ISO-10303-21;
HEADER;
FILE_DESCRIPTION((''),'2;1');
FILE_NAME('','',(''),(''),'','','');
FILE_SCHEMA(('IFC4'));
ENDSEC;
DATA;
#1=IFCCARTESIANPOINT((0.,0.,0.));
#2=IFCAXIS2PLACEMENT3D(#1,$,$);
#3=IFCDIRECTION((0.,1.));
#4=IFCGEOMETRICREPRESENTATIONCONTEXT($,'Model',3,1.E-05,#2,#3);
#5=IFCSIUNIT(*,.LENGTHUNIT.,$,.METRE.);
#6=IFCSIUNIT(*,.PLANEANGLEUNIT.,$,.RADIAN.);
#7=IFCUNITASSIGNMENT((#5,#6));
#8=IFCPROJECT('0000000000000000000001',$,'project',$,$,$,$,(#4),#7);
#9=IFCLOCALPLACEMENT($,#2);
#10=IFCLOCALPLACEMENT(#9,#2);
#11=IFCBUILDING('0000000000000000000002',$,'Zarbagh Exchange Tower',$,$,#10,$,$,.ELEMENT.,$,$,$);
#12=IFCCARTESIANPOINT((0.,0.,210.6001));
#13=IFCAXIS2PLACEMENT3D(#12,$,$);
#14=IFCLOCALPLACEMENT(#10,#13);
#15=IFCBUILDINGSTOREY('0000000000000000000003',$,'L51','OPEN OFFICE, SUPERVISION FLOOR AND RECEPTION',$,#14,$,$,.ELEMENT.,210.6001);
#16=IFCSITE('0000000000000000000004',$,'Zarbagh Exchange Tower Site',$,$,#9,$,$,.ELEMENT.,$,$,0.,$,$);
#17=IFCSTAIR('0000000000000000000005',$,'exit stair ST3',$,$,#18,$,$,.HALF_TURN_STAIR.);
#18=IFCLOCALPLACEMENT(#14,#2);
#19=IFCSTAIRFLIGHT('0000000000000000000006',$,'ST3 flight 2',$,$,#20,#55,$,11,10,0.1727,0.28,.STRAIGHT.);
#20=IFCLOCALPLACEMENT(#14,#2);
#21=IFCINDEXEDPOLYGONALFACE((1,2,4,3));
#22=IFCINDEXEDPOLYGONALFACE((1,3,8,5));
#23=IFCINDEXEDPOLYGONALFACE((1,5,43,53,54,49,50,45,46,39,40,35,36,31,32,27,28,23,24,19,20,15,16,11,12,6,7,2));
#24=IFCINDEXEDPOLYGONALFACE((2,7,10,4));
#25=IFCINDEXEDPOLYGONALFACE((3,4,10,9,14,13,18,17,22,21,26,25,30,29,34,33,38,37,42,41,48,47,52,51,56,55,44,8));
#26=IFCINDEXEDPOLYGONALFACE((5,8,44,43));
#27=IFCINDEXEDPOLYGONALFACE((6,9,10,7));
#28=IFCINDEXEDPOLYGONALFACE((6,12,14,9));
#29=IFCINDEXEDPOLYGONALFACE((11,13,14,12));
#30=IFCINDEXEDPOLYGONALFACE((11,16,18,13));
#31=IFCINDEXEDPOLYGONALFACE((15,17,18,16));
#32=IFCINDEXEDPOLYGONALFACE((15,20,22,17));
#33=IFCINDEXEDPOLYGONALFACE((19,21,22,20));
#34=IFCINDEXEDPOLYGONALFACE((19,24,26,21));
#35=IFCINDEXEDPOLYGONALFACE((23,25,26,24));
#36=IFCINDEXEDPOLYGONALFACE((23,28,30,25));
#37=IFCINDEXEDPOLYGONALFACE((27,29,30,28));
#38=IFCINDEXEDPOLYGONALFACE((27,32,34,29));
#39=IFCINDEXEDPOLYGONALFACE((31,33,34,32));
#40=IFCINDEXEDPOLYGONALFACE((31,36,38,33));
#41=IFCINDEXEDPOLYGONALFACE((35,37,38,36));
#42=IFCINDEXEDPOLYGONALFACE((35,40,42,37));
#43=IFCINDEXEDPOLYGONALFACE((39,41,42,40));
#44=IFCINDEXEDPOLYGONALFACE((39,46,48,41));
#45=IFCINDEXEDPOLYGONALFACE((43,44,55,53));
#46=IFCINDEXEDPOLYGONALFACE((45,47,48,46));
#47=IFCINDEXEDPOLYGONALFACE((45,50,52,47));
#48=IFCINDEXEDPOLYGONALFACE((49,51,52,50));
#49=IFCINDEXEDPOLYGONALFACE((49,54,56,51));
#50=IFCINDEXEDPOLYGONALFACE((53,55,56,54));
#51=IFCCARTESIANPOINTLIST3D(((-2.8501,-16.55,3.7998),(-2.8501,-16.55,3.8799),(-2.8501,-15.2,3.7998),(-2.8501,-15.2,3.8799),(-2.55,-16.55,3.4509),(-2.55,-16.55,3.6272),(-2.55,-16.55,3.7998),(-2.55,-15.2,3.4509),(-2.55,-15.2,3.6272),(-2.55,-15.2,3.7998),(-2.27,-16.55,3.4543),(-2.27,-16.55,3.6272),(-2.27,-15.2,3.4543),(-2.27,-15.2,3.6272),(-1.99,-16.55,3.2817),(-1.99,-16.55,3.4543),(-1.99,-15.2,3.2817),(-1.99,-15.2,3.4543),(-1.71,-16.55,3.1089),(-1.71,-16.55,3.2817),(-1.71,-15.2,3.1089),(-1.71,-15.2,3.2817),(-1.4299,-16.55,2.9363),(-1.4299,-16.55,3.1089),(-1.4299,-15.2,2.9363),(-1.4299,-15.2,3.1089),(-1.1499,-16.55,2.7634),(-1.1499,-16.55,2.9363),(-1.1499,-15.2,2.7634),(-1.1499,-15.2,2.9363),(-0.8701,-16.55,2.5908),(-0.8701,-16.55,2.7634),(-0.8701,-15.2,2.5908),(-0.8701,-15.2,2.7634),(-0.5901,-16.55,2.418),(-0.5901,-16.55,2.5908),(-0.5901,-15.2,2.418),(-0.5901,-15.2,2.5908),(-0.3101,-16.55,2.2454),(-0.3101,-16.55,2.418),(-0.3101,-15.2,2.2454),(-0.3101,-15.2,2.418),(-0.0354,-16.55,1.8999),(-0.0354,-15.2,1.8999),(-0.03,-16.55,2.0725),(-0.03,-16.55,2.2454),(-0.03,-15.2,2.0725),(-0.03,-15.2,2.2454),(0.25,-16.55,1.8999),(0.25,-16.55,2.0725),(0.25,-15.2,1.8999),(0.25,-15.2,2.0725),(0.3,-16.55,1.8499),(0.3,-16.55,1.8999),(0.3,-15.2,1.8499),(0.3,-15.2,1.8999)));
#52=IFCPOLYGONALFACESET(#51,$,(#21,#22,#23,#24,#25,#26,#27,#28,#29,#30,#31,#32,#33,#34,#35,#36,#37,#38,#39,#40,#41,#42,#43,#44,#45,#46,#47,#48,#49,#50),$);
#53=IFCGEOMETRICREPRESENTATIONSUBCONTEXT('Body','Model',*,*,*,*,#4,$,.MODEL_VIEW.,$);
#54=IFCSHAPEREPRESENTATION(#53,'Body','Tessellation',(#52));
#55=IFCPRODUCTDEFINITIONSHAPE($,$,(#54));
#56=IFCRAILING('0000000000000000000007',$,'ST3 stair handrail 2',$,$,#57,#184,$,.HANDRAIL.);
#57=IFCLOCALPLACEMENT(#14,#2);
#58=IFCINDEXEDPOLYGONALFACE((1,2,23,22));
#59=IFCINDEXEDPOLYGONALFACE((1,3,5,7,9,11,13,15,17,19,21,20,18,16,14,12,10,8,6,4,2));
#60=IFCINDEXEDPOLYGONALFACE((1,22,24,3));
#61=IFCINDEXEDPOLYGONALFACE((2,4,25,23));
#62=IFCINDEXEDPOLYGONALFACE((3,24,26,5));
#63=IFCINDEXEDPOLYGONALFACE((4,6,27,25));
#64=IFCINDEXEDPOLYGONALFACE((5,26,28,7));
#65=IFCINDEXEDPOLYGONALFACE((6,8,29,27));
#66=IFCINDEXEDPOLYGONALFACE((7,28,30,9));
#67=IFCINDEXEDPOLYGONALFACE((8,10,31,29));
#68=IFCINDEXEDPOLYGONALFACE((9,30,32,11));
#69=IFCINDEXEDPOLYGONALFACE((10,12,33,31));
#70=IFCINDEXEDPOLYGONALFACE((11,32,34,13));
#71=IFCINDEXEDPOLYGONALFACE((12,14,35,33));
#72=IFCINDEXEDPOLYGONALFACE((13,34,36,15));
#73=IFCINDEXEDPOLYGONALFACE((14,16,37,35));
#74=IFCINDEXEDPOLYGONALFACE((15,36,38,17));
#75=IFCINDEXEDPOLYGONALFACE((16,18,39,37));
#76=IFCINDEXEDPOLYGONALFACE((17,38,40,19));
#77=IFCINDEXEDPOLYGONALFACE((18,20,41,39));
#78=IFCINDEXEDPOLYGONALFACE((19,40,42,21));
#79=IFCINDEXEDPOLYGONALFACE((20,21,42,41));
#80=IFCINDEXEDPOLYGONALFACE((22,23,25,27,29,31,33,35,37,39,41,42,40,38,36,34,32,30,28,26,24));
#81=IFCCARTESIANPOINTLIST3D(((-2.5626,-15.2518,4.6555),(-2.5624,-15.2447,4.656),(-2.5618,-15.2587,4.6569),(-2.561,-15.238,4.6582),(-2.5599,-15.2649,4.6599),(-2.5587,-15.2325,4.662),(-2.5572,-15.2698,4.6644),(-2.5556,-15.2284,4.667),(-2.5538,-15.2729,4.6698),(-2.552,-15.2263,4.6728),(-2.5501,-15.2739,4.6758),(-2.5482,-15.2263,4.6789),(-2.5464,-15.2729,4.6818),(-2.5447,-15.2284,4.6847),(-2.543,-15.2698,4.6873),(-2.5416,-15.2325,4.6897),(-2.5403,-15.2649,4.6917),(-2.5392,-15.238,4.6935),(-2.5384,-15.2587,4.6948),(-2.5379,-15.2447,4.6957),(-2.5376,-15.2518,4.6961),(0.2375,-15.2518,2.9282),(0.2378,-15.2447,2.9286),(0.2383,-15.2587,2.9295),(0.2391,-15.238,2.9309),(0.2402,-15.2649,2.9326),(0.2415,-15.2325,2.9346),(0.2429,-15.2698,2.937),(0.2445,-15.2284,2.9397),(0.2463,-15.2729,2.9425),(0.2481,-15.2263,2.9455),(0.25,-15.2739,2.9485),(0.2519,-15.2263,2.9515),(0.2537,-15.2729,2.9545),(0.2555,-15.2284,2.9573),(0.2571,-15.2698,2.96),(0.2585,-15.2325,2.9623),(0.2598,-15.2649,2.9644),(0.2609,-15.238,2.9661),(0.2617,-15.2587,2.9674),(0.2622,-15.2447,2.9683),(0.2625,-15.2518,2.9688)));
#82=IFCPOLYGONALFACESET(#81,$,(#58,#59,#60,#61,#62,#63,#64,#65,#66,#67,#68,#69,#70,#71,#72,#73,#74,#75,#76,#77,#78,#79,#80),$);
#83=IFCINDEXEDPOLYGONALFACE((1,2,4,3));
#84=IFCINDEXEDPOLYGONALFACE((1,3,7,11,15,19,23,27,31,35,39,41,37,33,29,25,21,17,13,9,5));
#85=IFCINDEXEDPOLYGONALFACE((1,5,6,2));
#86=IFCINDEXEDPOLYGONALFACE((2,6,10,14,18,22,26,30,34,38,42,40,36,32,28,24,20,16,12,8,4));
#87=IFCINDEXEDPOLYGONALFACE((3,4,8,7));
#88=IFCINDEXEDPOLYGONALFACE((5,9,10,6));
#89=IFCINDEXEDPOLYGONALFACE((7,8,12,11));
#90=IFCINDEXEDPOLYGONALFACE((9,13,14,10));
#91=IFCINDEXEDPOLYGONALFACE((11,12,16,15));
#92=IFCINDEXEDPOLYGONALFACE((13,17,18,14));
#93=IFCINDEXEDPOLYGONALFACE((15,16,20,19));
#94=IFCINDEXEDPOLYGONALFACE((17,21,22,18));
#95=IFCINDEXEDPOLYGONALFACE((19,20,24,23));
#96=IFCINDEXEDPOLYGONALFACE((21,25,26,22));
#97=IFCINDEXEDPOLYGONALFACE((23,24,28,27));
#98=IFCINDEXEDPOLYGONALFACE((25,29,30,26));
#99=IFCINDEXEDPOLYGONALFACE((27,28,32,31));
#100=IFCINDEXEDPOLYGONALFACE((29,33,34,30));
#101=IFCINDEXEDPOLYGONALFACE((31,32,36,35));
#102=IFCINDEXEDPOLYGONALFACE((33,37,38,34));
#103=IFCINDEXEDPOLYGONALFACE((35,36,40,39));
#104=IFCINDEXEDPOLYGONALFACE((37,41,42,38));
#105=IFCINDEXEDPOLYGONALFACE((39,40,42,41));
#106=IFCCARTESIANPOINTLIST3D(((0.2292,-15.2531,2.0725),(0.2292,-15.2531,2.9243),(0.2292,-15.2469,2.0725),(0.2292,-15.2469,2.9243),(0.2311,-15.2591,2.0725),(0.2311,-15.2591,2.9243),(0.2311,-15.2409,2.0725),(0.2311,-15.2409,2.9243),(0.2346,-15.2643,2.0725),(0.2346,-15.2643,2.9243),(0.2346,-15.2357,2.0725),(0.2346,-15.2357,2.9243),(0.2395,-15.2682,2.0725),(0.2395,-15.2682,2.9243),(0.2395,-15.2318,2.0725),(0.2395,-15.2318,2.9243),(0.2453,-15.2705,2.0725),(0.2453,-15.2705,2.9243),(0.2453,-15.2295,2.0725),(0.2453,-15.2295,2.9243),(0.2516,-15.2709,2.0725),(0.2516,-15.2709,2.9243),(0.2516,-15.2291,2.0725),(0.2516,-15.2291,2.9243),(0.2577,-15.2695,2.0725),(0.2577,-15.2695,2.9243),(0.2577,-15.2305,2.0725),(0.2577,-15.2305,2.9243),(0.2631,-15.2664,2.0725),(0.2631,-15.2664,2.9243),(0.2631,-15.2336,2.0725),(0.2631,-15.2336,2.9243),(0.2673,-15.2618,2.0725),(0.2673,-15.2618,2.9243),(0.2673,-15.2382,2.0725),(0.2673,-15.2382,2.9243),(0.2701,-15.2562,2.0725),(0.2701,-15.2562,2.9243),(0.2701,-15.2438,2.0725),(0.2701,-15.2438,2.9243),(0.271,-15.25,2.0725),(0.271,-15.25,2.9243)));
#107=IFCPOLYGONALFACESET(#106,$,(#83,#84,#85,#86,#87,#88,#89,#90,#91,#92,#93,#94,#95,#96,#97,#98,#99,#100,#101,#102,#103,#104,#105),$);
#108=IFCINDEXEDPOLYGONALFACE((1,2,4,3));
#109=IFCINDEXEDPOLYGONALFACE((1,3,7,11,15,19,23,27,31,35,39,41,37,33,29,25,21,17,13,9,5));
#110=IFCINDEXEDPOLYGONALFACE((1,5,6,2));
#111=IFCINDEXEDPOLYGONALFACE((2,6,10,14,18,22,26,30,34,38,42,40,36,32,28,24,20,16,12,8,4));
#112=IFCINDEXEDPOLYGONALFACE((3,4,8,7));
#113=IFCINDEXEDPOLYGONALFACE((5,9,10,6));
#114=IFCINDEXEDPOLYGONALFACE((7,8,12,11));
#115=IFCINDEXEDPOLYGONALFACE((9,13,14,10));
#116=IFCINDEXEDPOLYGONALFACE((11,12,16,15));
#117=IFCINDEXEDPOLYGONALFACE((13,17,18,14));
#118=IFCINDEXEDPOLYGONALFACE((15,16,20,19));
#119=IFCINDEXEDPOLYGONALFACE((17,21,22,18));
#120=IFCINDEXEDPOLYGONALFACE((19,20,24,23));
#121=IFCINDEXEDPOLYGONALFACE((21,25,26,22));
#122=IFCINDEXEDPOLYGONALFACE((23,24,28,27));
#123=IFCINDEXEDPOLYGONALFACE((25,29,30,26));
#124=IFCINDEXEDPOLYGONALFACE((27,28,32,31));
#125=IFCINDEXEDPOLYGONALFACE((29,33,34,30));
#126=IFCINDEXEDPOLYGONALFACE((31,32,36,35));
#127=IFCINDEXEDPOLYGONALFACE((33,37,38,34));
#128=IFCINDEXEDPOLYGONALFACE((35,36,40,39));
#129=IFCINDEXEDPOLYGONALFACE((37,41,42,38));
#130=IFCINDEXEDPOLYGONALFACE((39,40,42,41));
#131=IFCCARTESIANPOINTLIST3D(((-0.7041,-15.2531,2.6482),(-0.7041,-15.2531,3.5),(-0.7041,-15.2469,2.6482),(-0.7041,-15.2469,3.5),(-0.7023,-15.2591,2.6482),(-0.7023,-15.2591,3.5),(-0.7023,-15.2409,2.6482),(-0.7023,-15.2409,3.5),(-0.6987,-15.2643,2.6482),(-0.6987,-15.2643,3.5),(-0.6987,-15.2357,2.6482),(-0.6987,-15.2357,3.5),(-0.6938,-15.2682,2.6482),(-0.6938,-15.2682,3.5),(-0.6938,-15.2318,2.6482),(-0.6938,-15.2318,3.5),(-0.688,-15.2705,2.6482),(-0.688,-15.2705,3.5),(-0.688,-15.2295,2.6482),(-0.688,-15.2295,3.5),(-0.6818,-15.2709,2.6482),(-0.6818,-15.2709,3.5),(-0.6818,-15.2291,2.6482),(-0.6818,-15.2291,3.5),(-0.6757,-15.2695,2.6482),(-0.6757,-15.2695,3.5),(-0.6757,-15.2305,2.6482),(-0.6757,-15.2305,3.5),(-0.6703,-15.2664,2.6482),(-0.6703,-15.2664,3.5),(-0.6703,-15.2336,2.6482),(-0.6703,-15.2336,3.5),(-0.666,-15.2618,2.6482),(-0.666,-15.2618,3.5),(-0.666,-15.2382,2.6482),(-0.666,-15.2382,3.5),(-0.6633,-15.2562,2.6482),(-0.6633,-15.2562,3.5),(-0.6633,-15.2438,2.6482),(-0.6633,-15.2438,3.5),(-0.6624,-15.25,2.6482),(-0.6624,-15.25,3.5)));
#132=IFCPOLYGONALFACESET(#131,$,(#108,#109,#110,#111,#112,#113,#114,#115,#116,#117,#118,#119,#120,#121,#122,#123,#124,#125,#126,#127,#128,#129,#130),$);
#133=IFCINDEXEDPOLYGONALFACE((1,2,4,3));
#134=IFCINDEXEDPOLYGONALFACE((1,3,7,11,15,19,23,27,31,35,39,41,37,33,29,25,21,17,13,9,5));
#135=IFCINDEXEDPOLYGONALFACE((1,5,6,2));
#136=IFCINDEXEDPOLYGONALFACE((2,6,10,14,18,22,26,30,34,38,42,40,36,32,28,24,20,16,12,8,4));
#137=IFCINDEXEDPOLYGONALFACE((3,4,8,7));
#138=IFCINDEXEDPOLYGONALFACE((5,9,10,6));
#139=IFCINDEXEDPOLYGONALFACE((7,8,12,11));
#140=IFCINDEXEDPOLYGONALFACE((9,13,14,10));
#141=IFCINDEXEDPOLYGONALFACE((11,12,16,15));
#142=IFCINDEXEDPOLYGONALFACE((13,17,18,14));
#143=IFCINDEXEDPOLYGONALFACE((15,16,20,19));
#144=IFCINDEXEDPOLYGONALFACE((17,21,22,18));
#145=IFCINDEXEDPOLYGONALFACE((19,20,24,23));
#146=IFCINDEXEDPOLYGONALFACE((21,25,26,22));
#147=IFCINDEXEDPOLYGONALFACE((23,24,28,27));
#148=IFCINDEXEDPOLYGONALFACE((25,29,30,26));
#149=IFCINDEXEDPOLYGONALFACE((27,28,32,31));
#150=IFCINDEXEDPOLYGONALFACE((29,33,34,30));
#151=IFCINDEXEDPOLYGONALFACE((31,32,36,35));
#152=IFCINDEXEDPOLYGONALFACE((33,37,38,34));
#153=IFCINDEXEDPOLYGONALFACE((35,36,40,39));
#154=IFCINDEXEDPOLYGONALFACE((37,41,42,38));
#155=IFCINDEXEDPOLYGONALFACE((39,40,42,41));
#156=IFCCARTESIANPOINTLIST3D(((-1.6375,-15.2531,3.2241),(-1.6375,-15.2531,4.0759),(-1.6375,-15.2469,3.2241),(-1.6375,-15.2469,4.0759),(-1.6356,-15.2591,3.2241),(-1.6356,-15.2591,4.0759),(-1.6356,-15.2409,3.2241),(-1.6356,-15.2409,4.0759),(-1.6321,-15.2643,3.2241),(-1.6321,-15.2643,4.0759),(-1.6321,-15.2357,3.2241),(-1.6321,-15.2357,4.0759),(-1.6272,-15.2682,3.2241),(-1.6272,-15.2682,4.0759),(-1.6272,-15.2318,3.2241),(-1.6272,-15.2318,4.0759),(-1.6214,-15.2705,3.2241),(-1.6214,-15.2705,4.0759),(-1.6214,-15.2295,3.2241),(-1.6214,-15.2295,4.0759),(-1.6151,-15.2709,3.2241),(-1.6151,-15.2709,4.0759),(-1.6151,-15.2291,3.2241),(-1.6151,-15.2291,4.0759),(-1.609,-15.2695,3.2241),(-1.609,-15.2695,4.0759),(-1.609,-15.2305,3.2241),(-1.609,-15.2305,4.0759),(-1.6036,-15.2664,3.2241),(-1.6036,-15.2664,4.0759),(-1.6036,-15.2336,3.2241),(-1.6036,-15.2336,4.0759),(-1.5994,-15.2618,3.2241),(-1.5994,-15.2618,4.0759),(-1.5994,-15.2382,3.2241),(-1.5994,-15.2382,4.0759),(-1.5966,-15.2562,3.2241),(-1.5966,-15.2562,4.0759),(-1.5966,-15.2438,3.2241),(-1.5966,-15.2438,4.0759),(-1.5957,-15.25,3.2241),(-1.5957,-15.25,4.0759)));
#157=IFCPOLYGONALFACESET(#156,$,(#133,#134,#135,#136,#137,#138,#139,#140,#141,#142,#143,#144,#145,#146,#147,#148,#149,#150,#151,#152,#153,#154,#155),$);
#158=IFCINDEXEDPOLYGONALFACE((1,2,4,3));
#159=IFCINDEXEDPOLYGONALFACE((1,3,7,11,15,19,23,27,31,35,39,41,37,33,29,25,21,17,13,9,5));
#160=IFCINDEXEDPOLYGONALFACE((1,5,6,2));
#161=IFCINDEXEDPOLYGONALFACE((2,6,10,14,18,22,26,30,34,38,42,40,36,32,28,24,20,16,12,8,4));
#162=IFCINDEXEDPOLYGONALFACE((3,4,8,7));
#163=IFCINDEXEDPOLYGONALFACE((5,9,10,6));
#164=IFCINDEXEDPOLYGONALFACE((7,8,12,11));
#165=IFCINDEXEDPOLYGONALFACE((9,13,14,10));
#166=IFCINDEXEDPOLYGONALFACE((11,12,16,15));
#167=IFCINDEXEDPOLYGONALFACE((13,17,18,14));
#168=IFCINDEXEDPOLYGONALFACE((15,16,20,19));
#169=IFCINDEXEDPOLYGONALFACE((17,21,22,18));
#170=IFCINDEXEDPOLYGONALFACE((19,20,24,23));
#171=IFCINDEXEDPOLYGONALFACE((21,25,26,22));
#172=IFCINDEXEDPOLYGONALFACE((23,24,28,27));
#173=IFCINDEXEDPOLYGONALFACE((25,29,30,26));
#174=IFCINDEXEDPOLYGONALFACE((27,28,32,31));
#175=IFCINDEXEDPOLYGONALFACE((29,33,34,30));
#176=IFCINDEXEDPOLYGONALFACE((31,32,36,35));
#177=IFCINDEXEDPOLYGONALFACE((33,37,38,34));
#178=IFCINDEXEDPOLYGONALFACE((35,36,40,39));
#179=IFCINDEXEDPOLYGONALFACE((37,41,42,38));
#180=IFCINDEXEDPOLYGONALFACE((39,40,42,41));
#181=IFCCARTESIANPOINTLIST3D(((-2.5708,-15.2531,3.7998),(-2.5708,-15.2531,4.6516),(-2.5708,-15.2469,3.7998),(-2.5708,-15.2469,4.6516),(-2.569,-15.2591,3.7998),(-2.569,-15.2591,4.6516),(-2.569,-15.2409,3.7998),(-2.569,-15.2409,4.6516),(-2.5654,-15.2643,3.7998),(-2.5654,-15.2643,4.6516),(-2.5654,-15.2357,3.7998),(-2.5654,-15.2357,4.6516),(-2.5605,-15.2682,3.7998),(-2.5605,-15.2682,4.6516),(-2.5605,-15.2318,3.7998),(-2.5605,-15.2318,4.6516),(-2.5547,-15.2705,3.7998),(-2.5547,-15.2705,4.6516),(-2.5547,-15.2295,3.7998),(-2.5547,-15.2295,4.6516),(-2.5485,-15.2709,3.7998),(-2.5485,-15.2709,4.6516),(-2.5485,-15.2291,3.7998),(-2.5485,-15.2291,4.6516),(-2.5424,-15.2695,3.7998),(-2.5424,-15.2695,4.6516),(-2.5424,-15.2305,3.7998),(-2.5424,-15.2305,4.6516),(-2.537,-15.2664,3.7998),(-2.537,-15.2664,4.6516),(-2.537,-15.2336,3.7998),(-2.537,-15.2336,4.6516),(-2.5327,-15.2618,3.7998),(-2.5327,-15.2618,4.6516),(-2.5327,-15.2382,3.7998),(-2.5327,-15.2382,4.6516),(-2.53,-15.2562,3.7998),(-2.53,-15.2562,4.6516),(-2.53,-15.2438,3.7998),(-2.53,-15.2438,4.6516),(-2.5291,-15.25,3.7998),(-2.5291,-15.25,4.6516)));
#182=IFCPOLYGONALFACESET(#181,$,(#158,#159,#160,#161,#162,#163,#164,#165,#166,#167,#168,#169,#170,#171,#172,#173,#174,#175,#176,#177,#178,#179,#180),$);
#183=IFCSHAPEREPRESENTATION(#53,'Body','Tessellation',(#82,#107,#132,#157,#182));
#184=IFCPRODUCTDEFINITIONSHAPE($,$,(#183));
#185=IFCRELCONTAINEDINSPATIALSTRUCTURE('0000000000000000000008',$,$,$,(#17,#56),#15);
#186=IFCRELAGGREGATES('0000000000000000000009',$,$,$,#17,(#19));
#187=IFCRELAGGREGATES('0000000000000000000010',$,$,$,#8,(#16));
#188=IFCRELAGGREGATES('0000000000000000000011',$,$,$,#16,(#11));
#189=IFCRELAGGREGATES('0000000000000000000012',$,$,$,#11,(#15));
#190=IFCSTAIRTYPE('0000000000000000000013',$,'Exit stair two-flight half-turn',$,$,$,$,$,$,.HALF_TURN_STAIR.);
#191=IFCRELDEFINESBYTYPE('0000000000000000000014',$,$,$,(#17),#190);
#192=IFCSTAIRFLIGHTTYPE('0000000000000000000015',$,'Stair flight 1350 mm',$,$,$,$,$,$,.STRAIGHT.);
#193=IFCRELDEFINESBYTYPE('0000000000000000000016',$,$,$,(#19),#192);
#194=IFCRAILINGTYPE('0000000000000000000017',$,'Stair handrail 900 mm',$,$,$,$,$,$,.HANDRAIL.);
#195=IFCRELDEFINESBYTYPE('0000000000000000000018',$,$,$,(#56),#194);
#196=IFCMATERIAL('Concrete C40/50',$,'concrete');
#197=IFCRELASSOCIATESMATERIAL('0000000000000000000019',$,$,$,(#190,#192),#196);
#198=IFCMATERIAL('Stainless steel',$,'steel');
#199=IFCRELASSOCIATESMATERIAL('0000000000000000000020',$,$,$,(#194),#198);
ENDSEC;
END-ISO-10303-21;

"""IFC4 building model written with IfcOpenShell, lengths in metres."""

from ifc_helpers import new_model, si_unit, direction, frame, origin, origin_2d, place, context, subcontext, project, spatial, polyline, circle, outline, extrude, material, type_object, element, aggregate, save


model = new_model("IFC4")

# Units and contexts
model_context = context("Model", 3, precision=1e-05, world=origin(), true_north=direction((0.0, 1.0)))
body_context = subcontext(model_context, "Body", "Model", "MODEL_VIEW")
ifc_project = project(units=[si_unit("LENGTHUNIT", "METRE"), si_unit("PLANEANGLEUNIT", "RADIAN")], contexts=[model_context])

# Site, building, storey
site_placement = place(None, origin())
site = spatial("IfcSite", under=ifc_project, at=site_placement, Name="Zarbagh Exchange Tower Site", CompositionType="ELEMENT", RefElevation=0.0)
building_placement = place(site_placement, origin())
building = spatial("IfcBuilding", under=site, at=building_placement, Name="Zarbagh Exchange Tower", CompositionType="ELEMENT")
storey_placement = place(building_placement, frame((0.0, 0.0, 210.6001)))
storey = spatial("IfcBuildingStorey", under=building, at=storey_placement, Name="L51", Description="OPEN OFFICE, SUPERVISION FLOOR AND RECEPTION", CompositionType="ELEMENT", Elevation=210.6001)

# Shared definitions
ifc_material_1 = material(Name="Stainless steel", Category="steel")

# Stair, stair flight
ifc_material_2 = material(Name="Concrete C40/50", Category="concrete")
stair_type = type_object("IfcStairType", Name="Exit stair two-flight half-turn", PredefinedType="HALF_TURN_STAIR", material=ifc_material_2)
stair_placement = place(storey_placement, origin())
stair = element("IfcStair", 1, at=stair_placement, inside=storey, type_object=stair_type, Name="exit stair ST3", PredefinedType="HALF_TURN_STAIR")
stair_flight_type = type_object("IfcStairFlightType", Name="Stair flight 1350 mm", PredefinedType="STRAIGHT", material=ifc_material_2)
stair_flight_placement = place(storey_placement, frame((0.25, -15.875, 1.8999), z_axis=(0.0, 0.0, 1.0), x_axis=(-1.0, 0.0, 0.0)))
stair_flight = element("IfcStairFlight", 2, at=stair_flight_placement, type_object=stair_flight_type, Name="ST3 flight 2", NumberOfRisers=11, NumberOfTreads=10, PredefinedType="STRAIGHT", RiserHeight=0.1727, TreadLength=0.28, context=body_context, shape_type="SweptSolid", body=[
    extrude(outline(polyline([(-0.05, -0.05), (-0.05, 0.0), (0.0, 0.0), (0.0, 0.1726), (0.28, 0.1726), (0.28, 0.3455), (0.5601, 0.3455), (0.5601, 0.5181), (0.8401, 0.5181), (0.8401, 0.6909), (1.1201, 0.6909), (1.1201, 0.8635), (1.3999, 0.8635), (1.3999, 1.0364), (1.6799, 1.0364), (1.6799, 1.209), (1.96, 1.209), (1.96, 1.3818), (2.24, 1.3818), (2.24, 1.5544), (2.52, 1.5544), (2.52, 1.7273), (2.8, 1.7273), (2.8, 1.8999), (3.1001, 1.98), (3.1001, 1.8999), (2.8, 1.551), (0.2854, 0.0), (-0.05, -0.05)])), frame((0.0, 0.675, 0.0), z_axis=(0.0, -1.0, 0.0), x_axis=(1.0, 0.0, 0.0)), (0.0, 0.0, 1.0), 1.3501),
])
aggregate(stair, [stair_flight])

# Railing
railing_type = type_object("IfcRailingType", Name="Stair handrail 900 mm", PredefinedType="HANDRAIL", material=ifc_material_1)
railing_placement = place(storey_placement, frame((0.25, -15.25, 2.0725)))
element("IfcRailing", 3, at=railing_placement, inside=storey, type_object=railing_type, Name="ST3 stair handrail 2", PredefinedType="HANDRAIL", context=body_context, shape_type="SweptSolid", body=[
    extrude(circle(Radius=0.0239, at=origin_2d()), frame((0.0, 0.0, 0.876), z_axis=(-0.85109, 0.0, 0.52502), x_axis=(0.0, -1.0, 0.0)), (0.0, 0.0, 1.0), 3.29),
    extrude(circle(Radius=0.021, at=origin_2d()), origin(), (0.0, 0.0, 1.0), 0.8518),
    extrude(circle(Radius=0.021, at=origin_2d()), frame((-0.9333, 0.0, 0.5757)), (0.0, 0.0, 1.0), 0.8518),
    extrude(circle(Radius=0.021, at=origin_2d()), frame((-1.8667, 0.0, 1.1516)), (0.0, 0.0, 1.0), 0.8518),
    extrude(circle(Radius=0.021, at=origin_2d()), frame((-2.8, 0.0, 1.7273)), (0.0, 0.0, 1.0), 0.8518),
])

save(model, "model.ifc")
